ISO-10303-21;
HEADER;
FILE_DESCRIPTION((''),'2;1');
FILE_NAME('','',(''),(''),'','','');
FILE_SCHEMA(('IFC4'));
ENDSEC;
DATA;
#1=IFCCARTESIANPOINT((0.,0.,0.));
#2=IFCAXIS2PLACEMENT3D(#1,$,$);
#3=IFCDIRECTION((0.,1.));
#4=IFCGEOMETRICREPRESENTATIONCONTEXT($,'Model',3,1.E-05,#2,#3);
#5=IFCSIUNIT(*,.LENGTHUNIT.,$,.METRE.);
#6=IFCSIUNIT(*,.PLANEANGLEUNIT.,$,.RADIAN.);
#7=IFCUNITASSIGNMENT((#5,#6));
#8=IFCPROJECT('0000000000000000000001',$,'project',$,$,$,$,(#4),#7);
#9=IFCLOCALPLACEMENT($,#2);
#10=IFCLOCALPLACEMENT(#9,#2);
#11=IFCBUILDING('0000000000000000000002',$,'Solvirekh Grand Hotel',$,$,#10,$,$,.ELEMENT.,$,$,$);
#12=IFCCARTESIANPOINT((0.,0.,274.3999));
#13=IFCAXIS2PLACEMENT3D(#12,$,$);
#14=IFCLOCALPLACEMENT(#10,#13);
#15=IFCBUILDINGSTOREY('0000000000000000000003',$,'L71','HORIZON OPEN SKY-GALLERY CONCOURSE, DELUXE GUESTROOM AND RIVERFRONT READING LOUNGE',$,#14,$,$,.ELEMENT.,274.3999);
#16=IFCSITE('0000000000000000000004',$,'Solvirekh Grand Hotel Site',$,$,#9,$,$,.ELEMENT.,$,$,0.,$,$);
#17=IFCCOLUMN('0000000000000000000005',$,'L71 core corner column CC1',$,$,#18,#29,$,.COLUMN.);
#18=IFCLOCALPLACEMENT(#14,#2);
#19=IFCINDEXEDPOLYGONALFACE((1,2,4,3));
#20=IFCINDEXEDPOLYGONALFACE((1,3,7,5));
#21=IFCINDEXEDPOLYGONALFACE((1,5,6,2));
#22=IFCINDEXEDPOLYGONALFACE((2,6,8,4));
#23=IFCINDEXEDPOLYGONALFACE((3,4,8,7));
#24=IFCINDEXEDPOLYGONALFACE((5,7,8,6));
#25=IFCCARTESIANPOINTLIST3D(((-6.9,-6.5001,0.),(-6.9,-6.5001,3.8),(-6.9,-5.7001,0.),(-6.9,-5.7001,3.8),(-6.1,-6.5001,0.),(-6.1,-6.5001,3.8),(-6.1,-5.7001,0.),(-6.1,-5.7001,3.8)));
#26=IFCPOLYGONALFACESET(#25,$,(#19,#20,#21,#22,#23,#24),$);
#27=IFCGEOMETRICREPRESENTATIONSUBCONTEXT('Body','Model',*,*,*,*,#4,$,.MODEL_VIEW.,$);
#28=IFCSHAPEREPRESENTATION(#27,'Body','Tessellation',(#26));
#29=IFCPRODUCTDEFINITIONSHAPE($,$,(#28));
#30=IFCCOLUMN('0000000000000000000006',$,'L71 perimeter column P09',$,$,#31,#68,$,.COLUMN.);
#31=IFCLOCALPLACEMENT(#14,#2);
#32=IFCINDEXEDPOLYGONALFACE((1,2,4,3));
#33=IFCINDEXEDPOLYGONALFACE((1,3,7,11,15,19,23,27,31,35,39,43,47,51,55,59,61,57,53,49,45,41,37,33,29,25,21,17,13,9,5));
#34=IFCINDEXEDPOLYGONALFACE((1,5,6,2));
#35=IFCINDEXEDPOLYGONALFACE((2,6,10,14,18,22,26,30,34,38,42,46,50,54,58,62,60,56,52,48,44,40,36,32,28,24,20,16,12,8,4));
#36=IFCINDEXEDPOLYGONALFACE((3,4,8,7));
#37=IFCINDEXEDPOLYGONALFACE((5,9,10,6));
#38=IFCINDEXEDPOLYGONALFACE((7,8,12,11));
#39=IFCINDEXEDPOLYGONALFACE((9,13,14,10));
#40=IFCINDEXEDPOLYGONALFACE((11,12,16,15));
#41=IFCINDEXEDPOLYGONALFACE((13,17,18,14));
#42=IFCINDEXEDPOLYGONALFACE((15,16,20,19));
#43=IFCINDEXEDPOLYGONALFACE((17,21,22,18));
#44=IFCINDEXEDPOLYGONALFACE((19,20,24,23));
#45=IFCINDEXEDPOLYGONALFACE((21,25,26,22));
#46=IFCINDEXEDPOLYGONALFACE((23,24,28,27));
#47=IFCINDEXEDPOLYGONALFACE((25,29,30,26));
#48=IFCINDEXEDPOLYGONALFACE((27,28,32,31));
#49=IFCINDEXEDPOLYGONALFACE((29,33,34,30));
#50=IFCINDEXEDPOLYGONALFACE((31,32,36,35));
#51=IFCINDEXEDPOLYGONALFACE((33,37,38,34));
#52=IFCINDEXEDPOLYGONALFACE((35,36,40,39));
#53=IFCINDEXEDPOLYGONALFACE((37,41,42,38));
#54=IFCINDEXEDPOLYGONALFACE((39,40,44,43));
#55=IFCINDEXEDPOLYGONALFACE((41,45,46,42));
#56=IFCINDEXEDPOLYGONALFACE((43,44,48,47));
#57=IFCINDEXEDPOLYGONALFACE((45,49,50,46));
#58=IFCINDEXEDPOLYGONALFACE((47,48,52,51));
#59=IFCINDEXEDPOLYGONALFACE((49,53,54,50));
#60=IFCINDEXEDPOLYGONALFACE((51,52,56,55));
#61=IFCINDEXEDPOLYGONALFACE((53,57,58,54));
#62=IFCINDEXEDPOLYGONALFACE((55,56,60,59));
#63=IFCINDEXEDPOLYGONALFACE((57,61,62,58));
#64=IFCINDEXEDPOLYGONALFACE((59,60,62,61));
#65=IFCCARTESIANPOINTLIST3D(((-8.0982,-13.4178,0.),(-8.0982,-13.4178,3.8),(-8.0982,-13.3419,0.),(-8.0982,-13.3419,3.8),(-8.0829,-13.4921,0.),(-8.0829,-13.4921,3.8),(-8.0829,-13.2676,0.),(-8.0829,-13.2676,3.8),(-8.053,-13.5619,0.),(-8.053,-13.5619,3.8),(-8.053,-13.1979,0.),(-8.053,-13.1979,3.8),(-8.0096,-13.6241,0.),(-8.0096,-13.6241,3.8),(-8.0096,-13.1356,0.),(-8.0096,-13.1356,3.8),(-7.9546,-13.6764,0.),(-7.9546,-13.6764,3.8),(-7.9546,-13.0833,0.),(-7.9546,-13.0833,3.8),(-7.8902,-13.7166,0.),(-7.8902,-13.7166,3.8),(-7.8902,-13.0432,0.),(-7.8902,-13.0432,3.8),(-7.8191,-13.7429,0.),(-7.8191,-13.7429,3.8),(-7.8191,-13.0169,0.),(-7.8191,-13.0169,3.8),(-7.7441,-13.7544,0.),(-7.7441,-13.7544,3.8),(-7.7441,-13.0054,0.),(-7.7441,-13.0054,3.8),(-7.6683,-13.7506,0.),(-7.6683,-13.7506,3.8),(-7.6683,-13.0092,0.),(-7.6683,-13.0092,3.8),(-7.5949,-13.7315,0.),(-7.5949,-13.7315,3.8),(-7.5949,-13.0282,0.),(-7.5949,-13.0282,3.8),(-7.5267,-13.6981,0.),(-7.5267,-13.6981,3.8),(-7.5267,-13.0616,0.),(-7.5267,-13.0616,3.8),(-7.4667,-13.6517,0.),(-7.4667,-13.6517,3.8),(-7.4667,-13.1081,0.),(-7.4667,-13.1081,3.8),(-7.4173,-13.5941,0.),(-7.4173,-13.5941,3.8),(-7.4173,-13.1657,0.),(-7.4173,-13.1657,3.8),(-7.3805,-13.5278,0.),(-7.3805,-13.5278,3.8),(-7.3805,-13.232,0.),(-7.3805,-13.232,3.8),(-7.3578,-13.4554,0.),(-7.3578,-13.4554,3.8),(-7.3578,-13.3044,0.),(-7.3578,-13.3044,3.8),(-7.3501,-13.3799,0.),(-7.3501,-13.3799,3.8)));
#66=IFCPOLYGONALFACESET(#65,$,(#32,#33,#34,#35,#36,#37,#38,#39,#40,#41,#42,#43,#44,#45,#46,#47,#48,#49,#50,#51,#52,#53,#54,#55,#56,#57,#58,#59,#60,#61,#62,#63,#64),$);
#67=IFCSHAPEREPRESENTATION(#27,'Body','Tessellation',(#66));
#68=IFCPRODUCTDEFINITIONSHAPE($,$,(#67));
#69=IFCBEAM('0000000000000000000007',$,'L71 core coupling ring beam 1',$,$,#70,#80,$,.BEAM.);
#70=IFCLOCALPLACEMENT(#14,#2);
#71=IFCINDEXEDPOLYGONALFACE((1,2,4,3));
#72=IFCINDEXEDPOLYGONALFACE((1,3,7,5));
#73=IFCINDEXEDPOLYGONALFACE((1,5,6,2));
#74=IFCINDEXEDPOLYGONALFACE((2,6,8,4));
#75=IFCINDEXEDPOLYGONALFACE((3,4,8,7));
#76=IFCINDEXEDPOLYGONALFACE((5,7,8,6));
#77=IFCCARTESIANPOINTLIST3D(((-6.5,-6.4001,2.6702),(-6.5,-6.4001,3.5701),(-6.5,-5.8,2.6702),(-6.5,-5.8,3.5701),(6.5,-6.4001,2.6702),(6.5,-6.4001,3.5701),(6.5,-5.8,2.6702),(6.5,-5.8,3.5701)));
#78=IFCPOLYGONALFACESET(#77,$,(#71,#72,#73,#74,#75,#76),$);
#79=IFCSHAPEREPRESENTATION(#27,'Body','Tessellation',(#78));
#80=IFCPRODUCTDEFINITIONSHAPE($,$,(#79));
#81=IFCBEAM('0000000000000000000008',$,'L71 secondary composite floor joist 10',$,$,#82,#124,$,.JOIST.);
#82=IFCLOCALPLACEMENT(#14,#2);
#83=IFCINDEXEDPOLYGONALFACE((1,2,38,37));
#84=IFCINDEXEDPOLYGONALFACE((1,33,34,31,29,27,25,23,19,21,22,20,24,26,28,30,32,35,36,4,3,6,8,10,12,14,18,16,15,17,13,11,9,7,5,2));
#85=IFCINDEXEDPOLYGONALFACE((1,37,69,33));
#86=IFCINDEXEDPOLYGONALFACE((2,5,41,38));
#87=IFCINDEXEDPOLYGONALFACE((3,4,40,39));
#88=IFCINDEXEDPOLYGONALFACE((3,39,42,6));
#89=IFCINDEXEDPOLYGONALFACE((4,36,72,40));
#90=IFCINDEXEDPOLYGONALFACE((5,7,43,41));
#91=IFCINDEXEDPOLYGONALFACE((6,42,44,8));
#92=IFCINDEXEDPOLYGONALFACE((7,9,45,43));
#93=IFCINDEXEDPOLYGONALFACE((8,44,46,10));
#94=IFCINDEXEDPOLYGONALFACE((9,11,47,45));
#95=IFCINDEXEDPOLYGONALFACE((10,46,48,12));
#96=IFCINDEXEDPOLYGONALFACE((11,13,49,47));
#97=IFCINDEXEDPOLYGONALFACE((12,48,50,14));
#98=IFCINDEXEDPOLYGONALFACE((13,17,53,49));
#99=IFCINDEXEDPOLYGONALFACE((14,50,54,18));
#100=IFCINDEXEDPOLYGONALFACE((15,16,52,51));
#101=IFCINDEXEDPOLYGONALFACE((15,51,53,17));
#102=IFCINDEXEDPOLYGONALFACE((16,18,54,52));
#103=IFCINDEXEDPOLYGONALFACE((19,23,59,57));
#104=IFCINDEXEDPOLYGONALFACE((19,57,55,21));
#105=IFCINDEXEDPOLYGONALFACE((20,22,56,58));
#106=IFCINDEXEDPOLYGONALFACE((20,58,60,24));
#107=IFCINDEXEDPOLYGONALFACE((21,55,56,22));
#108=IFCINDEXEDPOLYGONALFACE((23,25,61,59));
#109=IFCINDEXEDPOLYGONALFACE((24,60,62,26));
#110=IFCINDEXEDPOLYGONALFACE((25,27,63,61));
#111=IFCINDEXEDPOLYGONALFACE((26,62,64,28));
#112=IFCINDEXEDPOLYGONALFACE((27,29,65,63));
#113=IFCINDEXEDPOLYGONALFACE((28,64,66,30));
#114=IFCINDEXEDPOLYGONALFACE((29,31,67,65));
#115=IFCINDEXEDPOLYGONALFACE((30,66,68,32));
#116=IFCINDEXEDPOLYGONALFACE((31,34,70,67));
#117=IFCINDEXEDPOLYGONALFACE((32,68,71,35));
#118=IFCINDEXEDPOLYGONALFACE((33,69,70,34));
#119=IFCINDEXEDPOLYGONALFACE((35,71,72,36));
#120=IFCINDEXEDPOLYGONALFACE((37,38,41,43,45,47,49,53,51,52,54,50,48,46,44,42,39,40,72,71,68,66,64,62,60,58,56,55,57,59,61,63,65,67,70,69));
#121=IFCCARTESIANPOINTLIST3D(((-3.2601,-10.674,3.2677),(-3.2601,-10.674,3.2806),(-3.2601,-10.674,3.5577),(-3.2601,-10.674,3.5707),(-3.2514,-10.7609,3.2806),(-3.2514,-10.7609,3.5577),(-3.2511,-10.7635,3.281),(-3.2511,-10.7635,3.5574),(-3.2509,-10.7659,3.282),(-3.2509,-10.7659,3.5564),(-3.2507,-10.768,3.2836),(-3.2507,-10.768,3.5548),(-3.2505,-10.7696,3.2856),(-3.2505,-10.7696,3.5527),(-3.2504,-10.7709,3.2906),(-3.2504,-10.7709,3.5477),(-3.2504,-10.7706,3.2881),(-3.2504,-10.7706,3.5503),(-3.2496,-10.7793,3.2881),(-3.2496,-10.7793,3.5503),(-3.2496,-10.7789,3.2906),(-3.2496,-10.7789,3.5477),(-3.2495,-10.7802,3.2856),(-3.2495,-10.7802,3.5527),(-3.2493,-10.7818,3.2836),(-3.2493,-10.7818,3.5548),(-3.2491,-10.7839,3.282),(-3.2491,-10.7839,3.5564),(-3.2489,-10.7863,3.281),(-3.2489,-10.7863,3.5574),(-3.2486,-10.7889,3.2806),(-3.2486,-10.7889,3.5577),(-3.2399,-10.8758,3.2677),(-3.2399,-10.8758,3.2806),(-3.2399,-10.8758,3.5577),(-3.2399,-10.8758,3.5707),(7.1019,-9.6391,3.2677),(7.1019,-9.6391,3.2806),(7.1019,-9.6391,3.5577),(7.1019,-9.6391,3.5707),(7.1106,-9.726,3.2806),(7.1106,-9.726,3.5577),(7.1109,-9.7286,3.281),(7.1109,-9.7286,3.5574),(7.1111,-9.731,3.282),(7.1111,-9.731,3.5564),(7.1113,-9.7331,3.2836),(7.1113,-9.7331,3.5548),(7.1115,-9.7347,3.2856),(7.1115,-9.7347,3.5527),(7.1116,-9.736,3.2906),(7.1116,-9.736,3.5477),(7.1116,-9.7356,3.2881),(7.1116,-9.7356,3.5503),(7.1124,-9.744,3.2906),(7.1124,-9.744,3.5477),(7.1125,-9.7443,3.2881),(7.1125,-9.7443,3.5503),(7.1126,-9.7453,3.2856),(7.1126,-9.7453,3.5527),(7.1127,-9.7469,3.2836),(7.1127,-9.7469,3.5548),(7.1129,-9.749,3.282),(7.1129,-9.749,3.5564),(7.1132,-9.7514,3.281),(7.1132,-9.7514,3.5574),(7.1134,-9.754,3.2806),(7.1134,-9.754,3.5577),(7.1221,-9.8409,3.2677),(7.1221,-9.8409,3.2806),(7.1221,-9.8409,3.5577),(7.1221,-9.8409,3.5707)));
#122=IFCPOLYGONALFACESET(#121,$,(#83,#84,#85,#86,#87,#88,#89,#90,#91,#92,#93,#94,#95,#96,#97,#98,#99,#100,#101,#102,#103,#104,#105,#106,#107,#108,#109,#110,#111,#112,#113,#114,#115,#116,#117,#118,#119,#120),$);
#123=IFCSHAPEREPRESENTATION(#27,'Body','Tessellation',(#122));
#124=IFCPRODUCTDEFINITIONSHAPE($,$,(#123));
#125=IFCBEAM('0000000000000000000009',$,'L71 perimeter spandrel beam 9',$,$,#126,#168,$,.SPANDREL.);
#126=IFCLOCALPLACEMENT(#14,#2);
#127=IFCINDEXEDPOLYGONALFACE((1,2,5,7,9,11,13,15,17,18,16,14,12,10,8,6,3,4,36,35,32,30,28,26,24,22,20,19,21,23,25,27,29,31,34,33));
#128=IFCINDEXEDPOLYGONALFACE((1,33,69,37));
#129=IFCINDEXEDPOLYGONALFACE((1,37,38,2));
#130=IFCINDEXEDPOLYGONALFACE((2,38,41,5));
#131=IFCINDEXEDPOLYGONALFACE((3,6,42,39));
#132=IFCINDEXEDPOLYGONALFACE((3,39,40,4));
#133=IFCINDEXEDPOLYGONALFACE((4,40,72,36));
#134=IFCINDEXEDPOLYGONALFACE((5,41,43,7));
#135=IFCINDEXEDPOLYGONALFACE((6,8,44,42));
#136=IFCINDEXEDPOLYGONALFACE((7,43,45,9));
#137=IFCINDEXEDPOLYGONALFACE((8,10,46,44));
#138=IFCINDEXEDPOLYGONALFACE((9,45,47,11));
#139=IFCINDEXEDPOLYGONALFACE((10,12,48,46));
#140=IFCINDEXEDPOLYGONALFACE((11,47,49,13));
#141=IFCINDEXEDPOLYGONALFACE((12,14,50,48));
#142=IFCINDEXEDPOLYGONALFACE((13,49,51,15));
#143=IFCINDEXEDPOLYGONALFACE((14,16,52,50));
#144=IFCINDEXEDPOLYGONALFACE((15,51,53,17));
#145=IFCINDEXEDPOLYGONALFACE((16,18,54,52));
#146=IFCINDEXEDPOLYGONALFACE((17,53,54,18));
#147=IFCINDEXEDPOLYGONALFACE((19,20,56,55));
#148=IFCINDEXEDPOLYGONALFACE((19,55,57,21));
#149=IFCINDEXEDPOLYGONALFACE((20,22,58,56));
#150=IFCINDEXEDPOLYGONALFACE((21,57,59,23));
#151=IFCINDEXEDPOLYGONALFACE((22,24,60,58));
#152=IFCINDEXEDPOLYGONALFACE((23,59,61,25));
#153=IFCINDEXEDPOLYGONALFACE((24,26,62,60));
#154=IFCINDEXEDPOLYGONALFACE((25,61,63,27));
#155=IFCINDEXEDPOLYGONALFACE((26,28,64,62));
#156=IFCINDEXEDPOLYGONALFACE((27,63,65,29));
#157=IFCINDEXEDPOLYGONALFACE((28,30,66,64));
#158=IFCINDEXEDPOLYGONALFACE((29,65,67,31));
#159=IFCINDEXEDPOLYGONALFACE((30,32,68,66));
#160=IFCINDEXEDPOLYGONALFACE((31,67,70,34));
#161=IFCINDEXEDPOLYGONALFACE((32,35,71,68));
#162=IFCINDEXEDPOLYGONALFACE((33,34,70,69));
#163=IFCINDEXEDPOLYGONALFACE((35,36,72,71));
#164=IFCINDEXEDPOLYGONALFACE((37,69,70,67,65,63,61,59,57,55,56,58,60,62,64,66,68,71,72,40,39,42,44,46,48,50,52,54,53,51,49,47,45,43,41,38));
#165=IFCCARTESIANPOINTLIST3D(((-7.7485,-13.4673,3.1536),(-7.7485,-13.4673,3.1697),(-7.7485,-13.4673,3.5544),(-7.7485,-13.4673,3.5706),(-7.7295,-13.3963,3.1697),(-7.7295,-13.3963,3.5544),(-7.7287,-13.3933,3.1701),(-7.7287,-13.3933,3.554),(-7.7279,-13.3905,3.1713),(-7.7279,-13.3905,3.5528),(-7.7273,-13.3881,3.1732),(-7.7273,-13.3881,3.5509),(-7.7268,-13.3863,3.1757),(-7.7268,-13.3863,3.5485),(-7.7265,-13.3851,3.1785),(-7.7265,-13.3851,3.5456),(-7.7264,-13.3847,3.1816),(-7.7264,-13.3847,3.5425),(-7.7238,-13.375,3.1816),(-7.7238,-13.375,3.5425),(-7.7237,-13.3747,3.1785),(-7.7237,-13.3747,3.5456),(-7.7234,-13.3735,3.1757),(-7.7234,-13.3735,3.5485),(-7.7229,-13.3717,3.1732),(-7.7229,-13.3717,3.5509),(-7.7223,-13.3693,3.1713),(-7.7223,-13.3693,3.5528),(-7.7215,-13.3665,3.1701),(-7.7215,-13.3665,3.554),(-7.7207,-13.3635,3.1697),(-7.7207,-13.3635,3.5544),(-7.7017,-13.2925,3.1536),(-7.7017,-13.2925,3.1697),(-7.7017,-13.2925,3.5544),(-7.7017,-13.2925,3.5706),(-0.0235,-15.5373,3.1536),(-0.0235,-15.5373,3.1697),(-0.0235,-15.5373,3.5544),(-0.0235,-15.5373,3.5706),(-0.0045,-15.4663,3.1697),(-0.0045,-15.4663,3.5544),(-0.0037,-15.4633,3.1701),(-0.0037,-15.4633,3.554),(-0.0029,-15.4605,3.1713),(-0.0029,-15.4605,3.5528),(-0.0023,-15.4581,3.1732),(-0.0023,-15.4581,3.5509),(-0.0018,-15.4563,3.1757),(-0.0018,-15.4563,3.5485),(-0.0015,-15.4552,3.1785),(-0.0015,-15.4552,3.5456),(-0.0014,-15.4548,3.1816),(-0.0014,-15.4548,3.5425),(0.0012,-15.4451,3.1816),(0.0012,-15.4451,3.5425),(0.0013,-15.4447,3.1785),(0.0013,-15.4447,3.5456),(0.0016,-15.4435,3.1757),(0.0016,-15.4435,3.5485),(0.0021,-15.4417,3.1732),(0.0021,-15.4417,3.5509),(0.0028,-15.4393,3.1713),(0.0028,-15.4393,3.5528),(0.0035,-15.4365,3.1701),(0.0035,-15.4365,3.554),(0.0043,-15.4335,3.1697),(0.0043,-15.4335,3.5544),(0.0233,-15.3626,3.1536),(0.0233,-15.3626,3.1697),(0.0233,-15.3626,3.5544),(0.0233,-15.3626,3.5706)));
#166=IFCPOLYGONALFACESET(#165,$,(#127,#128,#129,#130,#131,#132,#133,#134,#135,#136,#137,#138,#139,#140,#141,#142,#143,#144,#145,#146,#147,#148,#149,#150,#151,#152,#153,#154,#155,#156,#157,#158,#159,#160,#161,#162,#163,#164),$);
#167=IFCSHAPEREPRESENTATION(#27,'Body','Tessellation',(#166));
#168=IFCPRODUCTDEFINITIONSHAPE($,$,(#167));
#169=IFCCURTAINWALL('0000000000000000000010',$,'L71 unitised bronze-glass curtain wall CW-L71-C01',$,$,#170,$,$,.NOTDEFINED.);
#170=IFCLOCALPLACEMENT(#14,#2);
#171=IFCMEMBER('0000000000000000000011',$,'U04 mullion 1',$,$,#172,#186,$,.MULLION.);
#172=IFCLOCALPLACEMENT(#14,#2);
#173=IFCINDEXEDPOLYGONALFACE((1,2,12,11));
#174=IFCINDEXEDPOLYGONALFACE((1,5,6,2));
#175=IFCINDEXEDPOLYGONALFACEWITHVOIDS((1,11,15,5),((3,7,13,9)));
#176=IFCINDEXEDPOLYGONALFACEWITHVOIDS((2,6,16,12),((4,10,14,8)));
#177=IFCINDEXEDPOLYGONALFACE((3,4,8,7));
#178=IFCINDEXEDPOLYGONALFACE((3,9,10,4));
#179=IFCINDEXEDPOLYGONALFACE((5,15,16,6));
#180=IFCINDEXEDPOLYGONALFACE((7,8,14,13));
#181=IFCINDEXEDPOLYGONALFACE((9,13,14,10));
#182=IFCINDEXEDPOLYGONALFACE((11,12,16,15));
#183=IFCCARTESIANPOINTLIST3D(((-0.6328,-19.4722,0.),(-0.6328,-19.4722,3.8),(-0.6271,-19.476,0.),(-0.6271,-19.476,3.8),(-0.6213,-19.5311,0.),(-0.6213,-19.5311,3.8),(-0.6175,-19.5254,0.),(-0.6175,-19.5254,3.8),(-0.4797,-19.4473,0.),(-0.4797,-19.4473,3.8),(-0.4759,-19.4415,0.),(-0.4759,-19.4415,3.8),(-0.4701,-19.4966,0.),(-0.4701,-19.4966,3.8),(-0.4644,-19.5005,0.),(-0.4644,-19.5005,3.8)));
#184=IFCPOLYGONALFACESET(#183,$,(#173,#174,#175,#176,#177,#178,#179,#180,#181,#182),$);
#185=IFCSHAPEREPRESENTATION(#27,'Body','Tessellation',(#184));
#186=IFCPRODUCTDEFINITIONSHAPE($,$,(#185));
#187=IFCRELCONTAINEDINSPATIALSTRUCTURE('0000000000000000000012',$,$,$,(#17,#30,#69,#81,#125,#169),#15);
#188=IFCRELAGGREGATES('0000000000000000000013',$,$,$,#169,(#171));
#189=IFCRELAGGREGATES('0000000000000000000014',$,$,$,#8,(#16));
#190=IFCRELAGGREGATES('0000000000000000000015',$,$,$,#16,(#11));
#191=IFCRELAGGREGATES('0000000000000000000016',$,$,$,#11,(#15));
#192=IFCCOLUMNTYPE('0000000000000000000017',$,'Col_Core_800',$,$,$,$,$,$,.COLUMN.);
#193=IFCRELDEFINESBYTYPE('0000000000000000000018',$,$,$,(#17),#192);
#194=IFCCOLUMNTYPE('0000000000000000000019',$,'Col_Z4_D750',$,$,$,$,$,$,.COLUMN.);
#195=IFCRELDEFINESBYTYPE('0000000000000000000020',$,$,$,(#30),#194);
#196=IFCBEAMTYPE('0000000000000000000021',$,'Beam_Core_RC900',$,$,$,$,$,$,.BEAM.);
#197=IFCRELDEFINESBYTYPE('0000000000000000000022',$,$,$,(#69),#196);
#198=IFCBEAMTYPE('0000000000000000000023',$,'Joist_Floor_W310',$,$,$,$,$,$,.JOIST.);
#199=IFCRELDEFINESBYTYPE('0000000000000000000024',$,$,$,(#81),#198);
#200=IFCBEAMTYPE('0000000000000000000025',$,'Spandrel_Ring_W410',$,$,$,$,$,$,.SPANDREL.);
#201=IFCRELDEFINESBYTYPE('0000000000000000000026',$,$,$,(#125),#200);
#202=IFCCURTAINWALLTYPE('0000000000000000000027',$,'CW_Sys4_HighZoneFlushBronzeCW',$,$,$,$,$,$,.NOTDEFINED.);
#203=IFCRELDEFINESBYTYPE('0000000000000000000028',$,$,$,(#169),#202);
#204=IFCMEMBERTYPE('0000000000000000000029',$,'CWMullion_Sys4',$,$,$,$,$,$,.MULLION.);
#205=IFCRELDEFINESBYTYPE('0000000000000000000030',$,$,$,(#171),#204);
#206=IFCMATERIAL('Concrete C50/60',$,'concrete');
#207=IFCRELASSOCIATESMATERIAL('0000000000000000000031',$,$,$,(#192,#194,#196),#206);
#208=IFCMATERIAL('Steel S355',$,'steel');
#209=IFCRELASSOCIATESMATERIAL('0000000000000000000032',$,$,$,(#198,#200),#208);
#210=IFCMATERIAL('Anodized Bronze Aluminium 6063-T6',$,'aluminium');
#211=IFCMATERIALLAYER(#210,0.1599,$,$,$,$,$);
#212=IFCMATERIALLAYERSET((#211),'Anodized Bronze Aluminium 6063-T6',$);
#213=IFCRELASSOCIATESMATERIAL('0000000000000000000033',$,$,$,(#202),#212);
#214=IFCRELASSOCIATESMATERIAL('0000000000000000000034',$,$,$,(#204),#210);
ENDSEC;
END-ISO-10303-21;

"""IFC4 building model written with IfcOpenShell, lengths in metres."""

from ifc_helpers import new_model, si_unit, direction, frame, origin, origin_2d, place, context, subcontext, project, spatial, rectangle, hollow_rectangle, circle, i_section, extrude, source, transform, mapped, material, layer, layer_set, material_profile, profile_set, type_object, element, aggregate, save


model = new_model("IFC4")

# Units and contexts
model_context = context("Model", 3, precision=1e-05, world=origin(), true_north=direction((0.0, 1.0)))
body_context = subcontext(model_context, "Body", "Model", "MODEL_VIEW")
ifc_project = project(units=[si_unit("LENGTHUNIT", "METRE"), si_unit("PLANEANGLEUNIT", "RADIAN")], contexts=[model_context])

# Site, building, storey
site_placement = place(None, origin())
site = spatial("IfcSite", under=ifc_project, at=site_placement, Name="Solvirekh Grand Hotel Site", CompositionType="ELEMENT", RefElevation=0.0)
building_placement = place(site_placement, origin())
building = spatial("IfcBuilding", under=site, at=building_placement, Name="Solvirekh Grand Hotel", CompositionType="ELEMENT")
storey_placement = place(building_placement, frame((0.0, 0.0, 274.3999)))
storey = spatial("IfcBuildingStorey", under=building, at=storey_placement, Name="L71", Description="HORIZON OPEN SKY-GALLERY CONCOURSE, DELUXE GUESTROOM AND RIVERFRONT READING LOUNGE", CompositionType="ELEMENT", Elevation=274.3999)

# Columns
ifc_material_1 = material(Name="Concrete C50/60", Category="concrete")
ifc_material_profile_1 = material_profile(ifc_material_1, rectangle(XDim=0.8, YDim=0.8, at=origin_2d()), Name="RC 800X800")
ifc_profile_set_1 = profile_set([ifc_material_profile_1], Name="Concrete C50/60")
column_type_1 = type_object("IfcColumnType", Name="Col_Core_800", PredefinedType="COLUMN", material=ifc_profile_set_1)
column_1_placement = place(storey_placement, frame((-6.5, -6.1001, 0.0), z_axis=(0.0, 0.0, 1.0), x_axis=(1.0, 0.0, 0.0)))
element("IfcColumn", 1, at=column_1_placement, inside=storey, type_object=column_type_1, Name="L71 core corner column CC1", PredefinedType="COLUMN", context=body_context, shape_type="SweptSolid", body=[
    extrude(rectangle(XDim=0.8, YDim=0.8, at=origin_2d()), origin(), (0.0, 0.0, 1.0), 3.8),
])
ifc_material_profile_2 = material_profile(ifc_material_1, circle(Radius=0.375, at=origin_2d()), Name="RC CIRC D750")
ifc_profile_set_2 = profile_set([ifc_material_profile_2], Name="Concrete C50/60")
column_type_2 = type_object("IfcColumnType", Name="Col_Z4_D750", PredefinedType="COLUMN", material=ifc_profile_set_2)
column_2_placement = place(storey_placement, frame((-7.7251, -13.3799, 0.0), z_axis=(0.0, 0.0, 1.0), x_axis=(1.0, 0.0, 0.0)))
element("IfcColumn", 2, at=column_2_placement, inside=storey, type_object=column_type_2, Name="L71 perimeter column P09", PredefinedType="COLUMN", context=body_context, shape_type="SweptSolid", body=[
    extrude(circle(Radius=0.375, at=origin_2d()), origin(), (0.0, 0.0, 1.0), 3.8),
])

# Beams
ifc_material_profile_3 = material_profile(ifc_material_1, rectangle(XDim=0.6001, YDim=0.8999, at=origin_2d()), Name="RC BEAM 600X900")
ifc_profile_set_3 = profile_set([ifc_material_profile_3], Name="Concrete C50/60")
beam_type_1 = type_object("IfcBeamType", Name="Beam_Core_RC900", PredefinedType="BEAM", material=ifc_profile_set_3)
beam_1_placement = place(storey_placement, frame((-6.5, -6.1001, 3.1201), z_axis=(1.0, 0.0, 0.0), x_axis=(0.0, 1.0, 0.0)))
element("IfcBeam", 3, at=beam_1_placement, inside=storey, type_object=beam_type_1, Name="L71 core coupling ring beam 1", PredefinedType="BEAM", context=body_context, shape_type="SweptSolid", body=[
    extrude(rectangle(XDim=0.6001, YDim=0.8999, at=origin_2d()), origin(), (0.0, 0.0, 1.0), 13.0),
])
ifc_material_2 = material(Name="Steel S355", Category="steel")
ifc_material_profile_4 = material_profile(ifc_material_2, i_section(OverallWidth=0.2029, OverallDepth=0.303, WebThickness=0.0081, FlangeThickness=0.0129, FilletRadius=0.01, at=origin_2d()), Name="W310X60")
ifc_profile_set_4 = profile_set([ifc_material_profile_4], Name="Steel S355")
beam_type_2 = type_object("IfcBeamType", Name="Joist_Floor_W310", PredefinedType="JOIST", material=ifc_profile_set_4)
beam_2_placement = place(storey_placement, frame((-3.25, -10.7749, 3.4192), z_axis=(0.995049, 0.099381, 0.0), x_axis=(-0.099381, 0.995049, 0.0)))
element("IfcBeam", 4, at=beam_2_placement, inside=storey, type_object=beam_type_2, Name="L71 secondary composite floor joist 10", PredefinedType="JOIST", context=body_context, shape_type="SweptSolid", body=[
    extrude(i_section(OverallWidth=0.2029, OverallDepth=0.303, WebThickness=0.0081, FlangeThickness=0.0129, FilletRadius=0.01, at=origin_2d()), origin(), (0.0, 0.0, 1.0), 10.4136),
])
ifc_material_profile_5 = material_profile(ifc_material_2, i_section(OverallWidth=0.1809, OverallDepth=0.417, WebThickness=0.01, FlangeThickness=0.0161, FilletRadius=0.012, at=origin_2d()), Name="W410X85")
ifc_profile_set_5 = profile_set([ifc_material_profile_5], Name="Steel S355")
beam_type_3 = type_object("IfcBeamType", Name="Spandrel_Ring_W410", PredefinedType="SPANDREL", material=ifc_profile_set_5)
beam_3_placement = place(storey_placement, frame((-7.7251, -13.3799, 3.3621), z_axis=(0.965922, -0.258835, 0.0), x_axis=(0.258835, 0.965922, 0.0)))
element("IfcBeam", 5, at=beam_3_placement, inside=storey, type_object=beam_type_3, Name="L71 perimeter spandrel beam 9", PredefinedType="SPANDREL", context=body_context, shape_type="SweptSolid", body=[
    extrude(i_section(OverallWidth=0.1809, OverallDepth=0.417, WebThickness=0.01, FlangeThickness=0.0161, FilletRadius=0.012, at=origin_2d()), origin(), (0.0, 0.0, 1.0), 7.9976),
])

# Curtain wall, member
ifc_material_3 = material(Name="Anodized Bronze Aluminium 6063-T6", Category="aluminium")
ifc_layer_1 = layer(ifc_material_3, 0.1599)
ifc_layer_set_1 = layer_set([ifc_layer_1], Name="Anodized Bronze Aluminium 6063-T6")
curtain_wall_type = type_object("IfcCurtainWallType", Name="CW_Sys4_HighZoneFlushBronzeCW", PredefinedType="NOTDEFINED", material=ifc_layer_set_1)
curtain_wall_1_placement = place(storey_placement, origin())
curtain_wall_1 = element("IfcCurtainWall", 6, at=curtain_wall_1_placement, inside=storey, type_object=curtain_wall_type, Name="L71 unitised bronze-glass curtain wall CW-L71-C01", PredefinedType="NOTDEFINED")
ifc_material_profile_6 = material_profile(ifc_material_3, hollow_rectangle(XDim=0.0601, YDim=0.1599, WallThickness=0.0049, at=origin_2d()), Name="ALU RHS 160X60X5")
ifc_profile_set_6 = profile_set([ifc_material_profile_6], Name="Anodized Bronze Aluminium 6063-T6")
member_type = type_object("IfcMemberType", Name="CWMullion_Sys4", PredefinedType="MULLION", material=ifc_profile_set_6)
shared_shape = source(origin(), body_context, "Body", "SweptSolid", [
    extrude(hollow_rectangle(XDim=0.0601, YDim=0.1599, WallThickness=0.0049, at=origin_2d()), origin(), (0.0, 0.0, 1.0), 3.8),
])
member_1_placement = place(storey_placement, frame((-0.5486, -19.4863, 0.0), z_axis=(0.0, 0.0, 1.0), x_axis=(-0.19143, 0.981506, 0.0)))
member_1 = element("IfcMember", 7, at=member_1_placement, type_object=member_type, Name="U04 mullion 1", PredefinedType="MULLION", context=body_context, shape_type="MappedRepresentation", body=[
    mapped(shared_shape, transform((0.0, 0.0, 0.0), x_axis=(1.0, 0.0, 0.0), y_axis=(0.0, 1.0, 0.0), z_axis=(0.0, 0.0, 1.0), scale=1.0)),
])
aggregate(curtain_wall_1, [member_1])

save(model, "model.ifc")
